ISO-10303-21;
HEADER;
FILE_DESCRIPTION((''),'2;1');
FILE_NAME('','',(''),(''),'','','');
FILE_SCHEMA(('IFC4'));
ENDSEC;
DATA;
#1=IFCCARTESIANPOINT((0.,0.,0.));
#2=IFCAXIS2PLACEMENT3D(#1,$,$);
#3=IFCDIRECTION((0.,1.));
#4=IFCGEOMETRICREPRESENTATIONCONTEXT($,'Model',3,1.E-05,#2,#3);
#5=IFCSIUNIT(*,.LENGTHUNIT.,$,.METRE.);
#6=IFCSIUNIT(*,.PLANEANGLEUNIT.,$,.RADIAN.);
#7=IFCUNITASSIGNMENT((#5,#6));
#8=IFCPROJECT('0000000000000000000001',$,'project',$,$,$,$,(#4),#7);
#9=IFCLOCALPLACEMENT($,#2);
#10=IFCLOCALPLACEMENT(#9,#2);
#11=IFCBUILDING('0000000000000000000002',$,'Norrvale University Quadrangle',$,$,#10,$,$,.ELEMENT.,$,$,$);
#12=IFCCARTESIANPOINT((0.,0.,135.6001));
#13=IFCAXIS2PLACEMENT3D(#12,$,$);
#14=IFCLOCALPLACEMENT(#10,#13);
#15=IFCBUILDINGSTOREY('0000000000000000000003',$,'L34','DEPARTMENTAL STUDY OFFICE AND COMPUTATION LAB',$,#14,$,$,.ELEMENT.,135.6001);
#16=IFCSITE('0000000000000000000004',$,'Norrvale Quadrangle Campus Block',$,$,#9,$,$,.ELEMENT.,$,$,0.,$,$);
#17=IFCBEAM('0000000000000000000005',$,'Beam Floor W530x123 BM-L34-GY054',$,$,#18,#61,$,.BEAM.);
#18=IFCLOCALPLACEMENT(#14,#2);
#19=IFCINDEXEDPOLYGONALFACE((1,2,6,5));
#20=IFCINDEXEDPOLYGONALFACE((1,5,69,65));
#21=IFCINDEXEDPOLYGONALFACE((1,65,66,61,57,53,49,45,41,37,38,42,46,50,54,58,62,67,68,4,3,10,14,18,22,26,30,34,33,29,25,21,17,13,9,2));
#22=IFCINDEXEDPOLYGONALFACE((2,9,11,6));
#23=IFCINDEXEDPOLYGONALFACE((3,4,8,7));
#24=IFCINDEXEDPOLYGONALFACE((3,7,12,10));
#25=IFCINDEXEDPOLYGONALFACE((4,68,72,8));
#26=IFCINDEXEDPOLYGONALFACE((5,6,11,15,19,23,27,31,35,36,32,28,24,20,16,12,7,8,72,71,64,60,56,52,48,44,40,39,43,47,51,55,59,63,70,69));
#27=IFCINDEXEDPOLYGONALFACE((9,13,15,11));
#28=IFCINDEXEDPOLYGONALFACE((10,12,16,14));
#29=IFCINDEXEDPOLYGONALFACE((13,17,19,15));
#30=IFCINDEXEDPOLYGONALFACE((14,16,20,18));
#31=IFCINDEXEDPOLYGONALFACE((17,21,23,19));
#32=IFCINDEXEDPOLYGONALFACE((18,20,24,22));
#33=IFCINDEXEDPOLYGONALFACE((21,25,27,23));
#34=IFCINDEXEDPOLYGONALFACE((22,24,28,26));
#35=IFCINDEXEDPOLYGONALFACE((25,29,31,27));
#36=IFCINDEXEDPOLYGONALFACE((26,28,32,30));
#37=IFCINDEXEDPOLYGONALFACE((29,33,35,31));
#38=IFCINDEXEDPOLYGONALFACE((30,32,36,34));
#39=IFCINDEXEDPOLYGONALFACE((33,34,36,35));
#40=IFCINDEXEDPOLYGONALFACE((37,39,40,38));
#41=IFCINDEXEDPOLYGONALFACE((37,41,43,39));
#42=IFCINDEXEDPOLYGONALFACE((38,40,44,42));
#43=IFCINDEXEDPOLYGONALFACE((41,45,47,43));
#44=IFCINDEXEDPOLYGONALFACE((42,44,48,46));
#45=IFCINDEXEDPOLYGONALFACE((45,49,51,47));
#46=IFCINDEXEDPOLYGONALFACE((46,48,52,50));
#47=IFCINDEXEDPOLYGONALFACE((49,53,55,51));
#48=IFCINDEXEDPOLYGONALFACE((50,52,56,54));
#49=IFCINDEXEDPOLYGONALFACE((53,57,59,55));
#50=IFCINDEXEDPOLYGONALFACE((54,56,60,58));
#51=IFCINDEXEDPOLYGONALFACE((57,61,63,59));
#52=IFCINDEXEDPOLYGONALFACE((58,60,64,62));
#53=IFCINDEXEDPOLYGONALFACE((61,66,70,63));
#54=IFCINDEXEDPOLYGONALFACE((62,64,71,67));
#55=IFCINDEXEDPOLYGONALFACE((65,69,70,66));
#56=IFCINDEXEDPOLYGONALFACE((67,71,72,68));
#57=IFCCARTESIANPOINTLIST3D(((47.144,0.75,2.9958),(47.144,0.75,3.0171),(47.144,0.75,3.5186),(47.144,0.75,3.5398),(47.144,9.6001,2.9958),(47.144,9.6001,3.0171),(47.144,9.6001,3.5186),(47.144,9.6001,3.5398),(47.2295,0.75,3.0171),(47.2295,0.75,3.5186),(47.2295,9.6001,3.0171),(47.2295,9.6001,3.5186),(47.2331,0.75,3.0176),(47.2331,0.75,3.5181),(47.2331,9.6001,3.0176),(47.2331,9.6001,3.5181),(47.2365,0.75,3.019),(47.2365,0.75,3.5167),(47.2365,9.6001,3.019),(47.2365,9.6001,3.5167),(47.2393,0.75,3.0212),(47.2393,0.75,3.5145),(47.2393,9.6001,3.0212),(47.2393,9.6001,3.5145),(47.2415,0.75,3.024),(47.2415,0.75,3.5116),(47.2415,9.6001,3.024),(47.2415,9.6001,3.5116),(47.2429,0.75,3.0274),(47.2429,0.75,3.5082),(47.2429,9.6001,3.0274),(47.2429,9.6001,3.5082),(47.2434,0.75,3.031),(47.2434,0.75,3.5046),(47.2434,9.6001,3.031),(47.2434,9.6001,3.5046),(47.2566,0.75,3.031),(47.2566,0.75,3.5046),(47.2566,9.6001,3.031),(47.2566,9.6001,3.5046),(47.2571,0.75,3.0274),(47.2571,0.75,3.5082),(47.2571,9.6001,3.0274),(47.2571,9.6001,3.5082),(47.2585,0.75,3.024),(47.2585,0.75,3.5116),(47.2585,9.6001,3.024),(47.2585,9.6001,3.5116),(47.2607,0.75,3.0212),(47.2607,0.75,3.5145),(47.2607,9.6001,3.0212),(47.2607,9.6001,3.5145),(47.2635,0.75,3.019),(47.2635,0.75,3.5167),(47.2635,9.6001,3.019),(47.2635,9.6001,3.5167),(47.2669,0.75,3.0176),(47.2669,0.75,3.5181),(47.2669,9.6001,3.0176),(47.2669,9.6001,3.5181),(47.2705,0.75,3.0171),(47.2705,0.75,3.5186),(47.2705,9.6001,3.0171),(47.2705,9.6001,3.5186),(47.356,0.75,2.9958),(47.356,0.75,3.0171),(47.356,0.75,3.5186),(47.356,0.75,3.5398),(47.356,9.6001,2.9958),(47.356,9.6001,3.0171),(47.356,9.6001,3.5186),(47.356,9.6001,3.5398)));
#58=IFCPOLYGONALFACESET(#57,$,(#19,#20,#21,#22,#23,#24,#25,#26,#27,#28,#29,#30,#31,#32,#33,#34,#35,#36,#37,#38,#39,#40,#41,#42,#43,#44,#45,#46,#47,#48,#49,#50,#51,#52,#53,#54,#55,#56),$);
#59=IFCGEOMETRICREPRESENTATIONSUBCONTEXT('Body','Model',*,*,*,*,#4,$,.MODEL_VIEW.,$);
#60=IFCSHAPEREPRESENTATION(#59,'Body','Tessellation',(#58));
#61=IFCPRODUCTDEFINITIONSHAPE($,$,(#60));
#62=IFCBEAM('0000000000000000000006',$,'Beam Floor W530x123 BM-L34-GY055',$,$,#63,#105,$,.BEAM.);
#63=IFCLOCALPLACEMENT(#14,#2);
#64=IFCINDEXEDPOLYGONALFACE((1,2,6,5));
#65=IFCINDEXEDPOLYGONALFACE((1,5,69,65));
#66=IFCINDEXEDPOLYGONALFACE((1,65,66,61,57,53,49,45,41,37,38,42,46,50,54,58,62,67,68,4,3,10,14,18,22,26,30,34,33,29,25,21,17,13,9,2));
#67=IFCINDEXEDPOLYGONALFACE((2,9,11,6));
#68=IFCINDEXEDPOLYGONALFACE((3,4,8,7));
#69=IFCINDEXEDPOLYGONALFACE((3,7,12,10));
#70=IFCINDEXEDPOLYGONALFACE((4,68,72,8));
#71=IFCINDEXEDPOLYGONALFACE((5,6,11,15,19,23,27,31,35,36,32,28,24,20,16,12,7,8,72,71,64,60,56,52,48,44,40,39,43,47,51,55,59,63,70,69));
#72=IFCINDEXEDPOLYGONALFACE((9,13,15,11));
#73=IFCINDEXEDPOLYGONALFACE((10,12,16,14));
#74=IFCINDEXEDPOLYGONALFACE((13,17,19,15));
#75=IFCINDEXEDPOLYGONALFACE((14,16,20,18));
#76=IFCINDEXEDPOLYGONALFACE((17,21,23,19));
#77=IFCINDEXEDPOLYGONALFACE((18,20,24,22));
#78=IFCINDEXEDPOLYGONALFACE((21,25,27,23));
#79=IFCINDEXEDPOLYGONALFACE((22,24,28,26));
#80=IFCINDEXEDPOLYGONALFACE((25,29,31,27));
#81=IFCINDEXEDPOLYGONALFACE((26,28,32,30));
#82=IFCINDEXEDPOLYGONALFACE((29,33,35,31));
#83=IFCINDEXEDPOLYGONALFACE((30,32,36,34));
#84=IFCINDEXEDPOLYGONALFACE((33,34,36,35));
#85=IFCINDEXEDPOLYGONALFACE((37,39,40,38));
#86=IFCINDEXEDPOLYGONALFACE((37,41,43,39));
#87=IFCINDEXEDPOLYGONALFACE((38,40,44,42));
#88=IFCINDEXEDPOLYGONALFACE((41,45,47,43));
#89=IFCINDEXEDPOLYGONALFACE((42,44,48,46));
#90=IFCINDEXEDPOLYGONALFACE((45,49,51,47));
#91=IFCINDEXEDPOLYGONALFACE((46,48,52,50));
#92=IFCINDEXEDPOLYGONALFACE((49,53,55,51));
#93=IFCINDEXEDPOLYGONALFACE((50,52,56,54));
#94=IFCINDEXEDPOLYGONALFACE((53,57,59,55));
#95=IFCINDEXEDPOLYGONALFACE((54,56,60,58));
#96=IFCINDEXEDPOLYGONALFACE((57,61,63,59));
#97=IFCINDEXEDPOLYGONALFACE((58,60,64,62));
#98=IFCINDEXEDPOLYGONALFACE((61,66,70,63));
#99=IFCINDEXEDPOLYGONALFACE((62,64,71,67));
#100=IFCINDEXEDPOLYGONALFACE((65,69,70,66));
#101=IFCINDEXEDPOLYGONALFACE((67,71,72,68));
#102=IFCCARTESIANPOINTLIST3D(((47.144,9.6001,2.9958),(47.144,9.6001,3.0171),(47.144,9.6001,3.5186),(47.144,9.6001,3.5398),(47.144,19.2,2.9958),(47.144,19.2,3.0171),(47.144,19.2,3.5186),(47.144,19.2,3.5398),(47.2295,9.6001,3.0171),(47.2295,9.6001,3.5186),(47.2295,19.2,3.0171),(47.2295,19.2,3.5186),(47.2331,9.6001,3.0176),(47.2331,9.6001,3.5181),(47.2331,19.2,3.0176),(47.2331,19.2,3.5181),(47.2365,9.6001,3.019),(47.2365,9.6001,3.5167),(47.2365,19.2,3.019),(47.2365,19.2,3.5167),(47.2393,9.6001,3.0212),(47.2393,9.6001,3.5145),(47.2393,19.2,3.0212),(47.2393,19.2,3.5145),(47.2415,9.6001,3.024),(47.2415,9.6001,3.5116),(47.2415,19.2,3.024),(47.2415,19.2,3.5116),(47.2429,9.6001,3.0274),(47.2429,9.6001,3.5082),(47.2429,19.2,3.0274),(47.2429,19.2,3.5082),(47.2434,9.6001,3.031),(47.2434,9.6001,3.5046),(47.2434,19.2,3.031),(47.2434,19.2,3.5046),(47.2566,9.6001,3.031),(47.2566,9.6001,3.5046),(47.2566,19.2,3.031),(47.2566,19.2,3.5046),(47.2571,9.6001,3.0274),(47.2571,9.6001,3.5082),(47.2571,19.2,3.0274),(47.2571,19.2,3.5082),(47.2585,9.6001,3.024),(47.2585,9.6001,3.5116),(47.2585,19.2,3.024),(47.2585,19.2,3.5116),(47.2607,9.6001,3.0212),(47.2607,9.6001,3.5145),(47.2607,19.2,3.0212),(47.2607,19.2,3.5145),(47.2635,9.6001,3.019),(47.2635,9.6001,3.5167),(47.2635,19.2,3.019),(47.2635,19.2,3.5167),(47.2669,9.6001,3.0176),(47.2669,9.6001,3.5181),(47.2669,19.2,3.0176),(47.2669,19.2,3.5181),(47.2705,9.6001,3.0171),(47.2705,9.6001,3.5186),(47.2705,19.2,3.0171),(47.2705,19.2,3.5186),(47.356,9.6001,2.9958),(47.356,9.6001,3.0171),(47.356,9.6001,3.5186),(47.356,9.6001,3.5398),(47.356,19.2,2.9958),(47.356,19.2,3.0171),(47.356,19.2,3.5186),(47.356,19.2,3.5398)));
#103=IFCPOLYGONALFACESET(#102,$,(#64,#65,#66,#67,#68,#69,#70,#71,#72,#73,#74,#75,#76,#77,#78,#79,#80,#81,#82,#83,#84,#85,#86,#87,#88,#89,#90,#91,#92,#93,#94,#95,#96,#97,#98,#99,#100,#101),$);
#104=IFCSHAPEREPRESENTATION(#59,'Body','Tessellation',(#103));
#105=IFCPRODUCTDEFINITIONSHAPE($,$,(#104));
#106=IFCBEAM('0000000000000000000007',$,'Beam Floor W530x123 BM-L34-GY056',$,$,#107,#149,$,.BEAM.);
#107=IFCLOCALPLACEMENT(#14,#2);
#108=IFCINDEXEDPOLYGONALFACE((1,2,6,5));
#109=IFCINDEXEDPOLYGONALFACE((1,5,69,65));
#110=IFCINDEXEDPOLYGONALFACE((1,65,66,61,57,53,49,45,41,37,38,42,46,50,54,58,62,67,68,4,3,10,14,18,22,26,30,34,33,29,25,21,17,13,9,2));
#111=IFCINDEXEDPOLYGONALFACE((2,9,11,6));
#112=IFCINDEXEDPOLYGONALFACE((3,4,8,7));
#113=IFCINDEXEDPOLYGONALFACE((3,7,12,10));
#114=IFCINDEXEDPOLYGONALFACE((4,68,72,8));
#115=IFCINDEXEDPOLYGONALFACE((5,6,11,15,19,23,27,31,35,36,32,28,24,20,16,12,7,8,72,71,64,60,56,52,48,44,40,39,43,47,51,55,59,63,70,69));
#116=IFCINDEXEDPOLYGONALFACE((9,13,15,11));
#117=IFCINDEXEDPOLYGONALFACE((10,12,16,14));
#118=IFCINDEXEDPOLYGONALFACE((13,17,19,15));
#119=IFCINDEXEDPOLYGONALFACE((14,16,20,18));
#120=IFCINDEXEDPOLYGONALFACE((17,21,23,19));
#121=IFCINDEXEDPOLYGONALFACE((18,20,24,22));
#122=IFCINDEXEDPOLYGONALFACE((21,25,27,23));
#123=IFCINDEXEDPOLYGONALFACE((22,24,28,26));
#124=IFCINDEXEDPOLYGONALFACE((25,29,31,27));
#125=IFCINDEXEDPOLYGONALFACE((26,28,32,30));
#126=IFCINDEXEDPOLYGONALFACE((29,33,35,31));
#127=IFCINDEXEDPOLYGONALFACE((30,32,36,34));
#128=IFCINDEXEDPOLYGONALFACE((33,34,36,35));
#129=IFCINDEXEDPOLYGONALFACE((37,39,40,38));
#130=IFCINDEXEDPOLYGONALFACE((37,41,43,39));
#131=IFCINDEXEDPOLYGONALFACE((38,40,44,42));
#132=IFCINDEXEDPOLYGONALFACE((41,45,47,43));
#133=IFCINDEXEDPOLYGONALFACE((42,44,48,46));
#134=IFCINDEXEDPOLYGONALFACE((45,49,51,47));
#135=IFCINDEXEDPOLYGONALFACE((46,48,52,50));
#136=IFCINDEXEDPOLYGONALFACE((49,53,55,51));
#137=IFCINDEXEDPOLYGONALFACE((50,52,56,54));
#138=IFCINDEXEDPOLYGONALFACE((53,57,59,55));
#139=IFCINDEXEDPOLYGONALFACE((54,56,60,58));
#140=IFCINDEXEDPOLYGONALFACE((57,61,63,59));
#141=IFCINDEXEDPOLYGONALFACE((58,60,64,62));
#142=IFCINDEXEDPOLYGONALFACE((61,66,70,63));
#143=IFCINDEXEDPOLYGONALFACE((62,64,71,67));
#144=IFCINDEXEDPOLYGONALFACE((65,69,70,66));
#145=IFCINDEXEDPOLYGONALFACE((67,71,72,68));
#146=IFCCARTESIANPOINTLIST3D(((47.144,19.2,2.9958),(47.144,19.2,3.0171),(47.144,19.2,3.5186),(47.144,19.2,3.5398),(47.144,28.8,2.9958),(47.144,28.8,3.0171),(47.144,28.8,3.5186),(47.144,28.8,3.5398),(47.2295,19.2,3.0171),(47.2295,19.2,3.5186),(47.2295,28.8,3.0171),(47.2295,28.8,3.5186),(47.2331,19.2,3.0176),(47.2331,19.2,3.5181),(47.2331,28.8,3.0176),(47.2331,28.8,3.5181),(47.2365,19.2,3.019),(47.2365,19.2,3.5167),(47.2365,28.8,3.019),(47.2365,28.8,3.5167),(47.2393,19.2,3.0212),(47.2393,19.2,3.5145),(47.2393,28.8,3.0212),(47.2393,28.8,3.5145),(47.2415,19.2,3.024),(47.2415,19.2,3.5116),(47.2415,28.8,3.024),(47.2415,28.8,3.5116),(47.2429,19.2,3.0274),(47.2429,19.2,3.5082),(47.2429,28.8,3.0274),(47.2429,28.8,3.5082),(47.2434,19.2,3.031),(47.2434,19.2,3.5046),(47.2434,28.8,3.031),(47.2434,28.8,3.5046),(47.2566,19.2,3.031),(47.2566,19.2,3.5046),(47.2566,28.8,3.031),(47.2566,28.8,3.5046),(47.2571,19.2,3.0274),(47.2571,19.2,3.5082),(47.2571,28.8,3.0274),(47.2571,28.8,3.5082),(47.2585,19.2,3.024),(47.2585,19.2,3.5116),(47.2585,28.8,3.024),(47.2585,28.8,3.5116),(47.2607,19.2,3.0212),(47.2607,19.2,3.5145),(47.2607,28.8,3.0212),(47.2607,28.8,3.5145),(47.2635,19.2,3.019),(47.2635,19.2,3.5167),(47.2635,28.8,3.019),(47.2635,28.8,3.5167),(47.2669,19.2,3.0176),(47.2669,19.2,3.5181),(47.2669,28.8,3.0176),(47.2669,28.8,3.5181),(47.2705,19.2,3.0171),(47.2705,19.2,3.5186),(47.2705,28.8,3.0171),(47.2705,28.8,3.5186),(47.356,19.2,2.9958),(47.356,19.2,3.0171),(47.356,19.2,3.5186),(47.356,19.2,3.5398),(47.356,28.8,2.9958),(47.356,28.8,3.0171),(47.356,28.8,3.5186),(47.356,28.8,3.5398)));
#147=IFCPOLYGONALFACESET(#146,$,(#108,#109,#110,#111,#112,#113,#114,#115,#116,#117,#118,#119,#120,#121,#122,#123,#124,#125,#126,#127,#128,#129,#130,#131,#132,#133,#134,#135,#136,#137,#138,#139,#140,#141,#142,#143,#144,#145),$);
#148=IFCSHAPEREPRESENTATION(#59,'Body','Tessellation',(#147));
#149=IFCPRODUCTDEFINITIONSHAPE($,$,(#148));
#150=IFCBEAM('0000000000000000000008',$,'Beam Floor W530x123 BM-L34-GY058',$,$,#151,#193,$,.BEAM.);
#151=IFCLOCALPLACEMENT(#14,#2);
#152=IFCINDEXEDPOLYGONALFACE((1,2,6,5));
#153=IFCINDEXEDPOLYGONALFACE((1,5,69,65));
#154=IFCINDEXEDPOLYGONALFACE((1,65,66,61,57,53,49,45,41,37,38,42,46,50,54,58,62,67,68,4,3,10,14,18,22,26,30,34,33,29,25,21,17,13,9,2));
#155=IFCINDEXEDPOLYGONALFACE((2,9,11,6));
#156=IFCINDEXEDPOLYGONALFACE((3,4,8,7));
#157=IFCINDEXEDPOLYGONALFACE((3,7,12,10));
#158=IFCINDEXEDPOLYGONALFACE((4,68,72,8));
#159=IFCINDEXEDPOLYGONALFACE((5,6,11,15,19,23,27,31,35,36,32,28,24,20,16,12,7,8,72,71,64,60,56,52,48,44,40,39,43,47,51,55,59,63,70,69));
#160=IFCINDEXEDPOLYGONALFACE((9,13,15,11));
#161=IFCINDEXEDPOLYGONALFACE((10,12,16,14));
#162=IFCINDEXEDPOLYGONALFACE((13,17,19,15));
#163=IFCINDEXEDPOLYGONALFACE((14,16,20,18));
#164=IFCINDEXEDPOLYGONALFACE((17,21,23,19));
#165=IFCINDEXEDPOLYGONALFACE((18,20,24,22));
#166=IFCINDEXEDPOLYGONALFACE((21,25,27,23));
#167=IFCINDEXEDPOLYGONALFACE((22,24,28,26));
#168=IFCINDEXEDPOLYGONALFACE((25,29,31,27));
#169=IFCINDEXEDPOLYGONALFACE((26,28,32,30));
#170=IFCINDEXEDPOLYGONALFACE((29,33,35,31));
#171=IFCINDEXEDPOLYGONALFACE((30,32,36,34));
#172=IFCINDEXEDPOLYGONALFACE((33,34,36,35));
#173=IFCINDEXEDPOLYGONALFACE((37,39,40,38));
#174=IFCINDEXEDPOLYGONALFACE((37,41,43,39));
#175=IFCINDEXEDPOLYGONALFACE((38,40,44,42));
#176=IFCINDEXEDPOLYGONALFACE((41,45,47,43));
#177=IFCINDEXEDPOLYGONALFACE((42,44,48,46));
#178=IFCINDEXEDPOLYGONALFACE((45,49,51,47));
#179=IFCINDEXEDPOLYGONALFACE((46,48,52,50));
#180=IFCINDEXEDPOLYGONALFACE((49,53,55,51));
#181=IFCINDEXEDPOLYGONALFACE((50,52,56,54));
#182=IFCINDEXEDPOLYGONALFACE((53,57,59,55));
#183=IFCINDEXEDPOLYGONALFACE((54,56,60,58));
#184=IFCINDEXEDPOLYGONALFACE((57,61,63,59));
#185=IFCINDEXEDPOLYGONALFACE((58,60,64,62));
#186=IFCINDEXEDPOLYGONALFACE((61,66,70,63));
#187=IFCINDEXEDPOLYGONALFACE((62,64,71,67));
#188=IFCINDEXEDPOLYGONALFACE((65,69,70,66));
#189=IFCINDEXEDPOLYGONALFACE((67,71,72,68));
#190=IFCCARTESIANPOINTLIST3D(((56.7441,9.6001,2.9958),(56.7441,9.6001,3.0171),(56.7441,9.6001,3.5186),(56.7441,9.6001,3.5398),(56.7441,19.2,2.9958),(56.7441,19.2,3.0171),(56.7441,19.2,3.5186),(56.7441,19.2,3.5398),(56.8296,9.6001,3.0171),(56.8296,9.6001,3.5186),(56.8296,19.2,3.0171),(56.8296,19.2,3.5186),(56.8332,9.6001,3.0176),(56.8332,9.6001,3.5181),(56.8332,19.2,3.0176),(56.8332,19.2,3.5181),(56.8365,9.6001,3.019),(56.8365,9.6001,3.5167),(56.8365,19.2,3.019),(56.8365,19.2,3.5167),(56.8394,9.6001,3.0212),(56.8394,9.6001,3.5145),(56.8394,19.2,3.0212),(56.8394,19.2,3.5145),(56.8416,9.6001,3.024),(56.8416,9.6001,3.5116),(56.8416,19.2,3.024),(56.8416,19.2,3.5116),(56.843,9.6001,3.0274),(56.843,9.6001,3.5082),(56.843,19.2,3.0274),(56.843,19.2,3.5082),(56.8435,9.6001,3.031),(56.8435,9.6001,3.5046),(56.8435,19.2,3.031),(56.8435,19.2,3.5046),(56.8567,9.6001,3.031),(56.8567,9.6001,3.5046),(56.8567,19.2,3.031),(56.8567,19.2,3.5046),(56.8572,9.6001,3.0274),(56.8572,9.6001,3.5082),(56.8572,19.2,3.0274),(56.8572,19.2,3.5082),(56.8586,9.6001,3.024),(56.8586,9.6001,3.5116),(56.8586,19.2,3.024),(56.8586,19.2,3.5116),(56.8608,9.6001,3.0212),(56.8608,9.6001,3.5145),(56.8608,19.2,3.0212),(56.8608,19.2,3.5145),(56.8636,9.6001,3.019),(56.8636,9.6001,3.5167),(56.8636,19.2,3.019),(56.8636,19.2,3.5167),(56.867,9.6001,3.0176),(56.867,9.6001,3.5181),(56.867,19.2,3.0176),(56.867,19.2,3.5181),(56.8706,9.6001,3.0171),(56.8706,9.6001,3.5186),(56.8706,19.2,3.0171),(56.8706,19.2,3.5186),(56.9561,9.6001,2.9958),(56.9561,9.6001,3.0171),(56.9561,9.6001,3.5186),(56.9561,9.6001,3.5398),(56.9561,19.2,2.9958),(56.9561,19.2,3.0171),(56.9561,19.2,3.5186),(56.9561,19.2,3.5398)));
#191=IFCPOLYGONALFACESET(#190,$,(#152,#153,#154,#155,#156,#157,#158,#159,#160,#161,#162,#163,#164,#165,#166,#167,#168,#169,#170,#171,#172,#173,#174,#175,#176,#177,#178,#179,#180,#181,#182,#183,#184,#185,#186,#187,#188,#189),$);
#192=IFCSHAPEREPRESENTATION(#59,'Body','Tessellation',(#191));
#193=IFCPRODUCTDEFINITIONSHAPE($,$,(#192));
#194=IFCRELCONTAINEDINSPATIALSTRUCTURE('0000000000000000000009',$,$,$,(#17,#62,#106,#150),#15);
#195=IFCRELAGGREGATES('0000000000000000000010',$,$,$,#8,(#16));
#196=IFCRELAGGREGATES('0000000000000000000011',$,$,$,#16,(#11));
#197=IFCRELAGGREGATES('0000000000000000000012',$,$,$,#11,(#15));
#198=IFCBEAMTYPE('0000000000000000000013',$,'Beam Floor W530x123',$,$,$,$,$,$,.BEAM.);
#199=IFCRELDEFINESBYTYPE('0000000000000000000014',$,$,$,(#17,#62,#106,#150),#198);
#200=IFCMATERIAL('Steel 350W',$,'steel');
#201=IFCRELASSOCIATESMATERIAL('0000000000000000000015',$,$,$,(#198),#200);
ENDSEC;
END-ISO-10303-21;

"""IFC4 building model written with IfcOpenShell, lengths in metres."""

from ifc_helpers import new_model, si_unit, direction, frame, origin, origin_2d, place, context, subcontext, project, spatial, i_section, extrude, material, material_profile, profile_set, type_object, element, save


model = new_model("IFC4")

# Units and contexts
model_context = context("Model", 3, precision=1e-05, world=origin(), true_north=direction((0.0, 1.0)))
body_context = subcontext(model_context, "Body", "Model", "MODEL_VIEW")
ifc_project = project(units=[si_unit("LENGTHUNIT", "METRE"), si_unit("PLANEANGLEUNIT", "RADIAN")], contexts=[model_context])

# Site, building, storey
site_placement = place(None, origin())
site = spatial("IfcSite", under=ifc_project, at=site_placement, Name="Norrvale Quadrangle Campus Block", CompositionType="ELEMENT", RefElevation=0.0)
building_placement = place(site_placement, origin())
building = spatial("IfcBuilding", under=site, at=building_placement, Name="Norrvale University Quadrangle", CompositionType="ELEMENT")
storey_placement = place(building_placement, frame((0.0, 0.0, 135.6001)))
storey = spatial("IfcBuildingStorey", under=building, at=storey_placement, Name="L34", Description="DEPARTMENTAL STUDY OFFICE AND COMPUTATION LAB", CompositionType="ELEMENT", Elevation=135.6001)

# Beams
ifc_material_1 = material(Name="Steel 350W", Category="steel")
ifc_material_profile_1 = material_profile(ifc_material_1, i_section(OverallWidth=0.2119, OverallDepth=0.5439, WebThickness=0.0132, FlangeThickness=0.0212, FilletRadius=0.0139, at=origin_2d()), Name="Steel 350W")
ifc_profile_set_1 = profile_set([ifc_material_profile_1], Name="Steel 350W")
beam_type_1 = type_object("IfcBeamType", Name="Beam Floor W530x123", PredefinedType="BEAM", material=ifc_profile_set_1)
beam_1_placement = place(storey_placement, frame((47.25, 0.75, 3.2678), z_axis=(0.0, 1.0, 0.0), x_axis=(-1.0, 0.0, 0.0)))
element("IfcBeam", 1, at=beam_1_placement, inside=storey, type_object=beam_type_1, Name="Beam Floor W530x123 BM-L34-GY054", PredefinedType="BEAM", context=body_context, shape_type="SweptSolid", body=[
    extrude(i_section(OverallWidth=0.2119, OverallDepth=0.5439, WebThickness=0.0132, FlangeThickness=0.0212, FilletRadius=0.0139, at=origin_2d()), origin(), (0.0, 0.0, 1.0), 8.8501),
])
beam_2_placement = place(storey_placement, frame((47.25, 9.6001, 3.2678), z_axis=(0.0, 1.0, 0.0), x_axis=(-1.0, 0.0, 0.0)))
element("IfcBeam", 2, at=beam_2_placement, inside=storey, type_object=beam_type_1, Name="Beam Floor W530x123 BM-L34-GY055", PredefinedType="BEAM", context=body_context, shape_type="SweptSolid", body=[
    extrude(i_section(OverallWidth=0.2119, OverallDepth=0.5439, WebThickness=0.0132, FlangeThickness=0.0212, FilletRadius=0.0139, at=origin_2d()), origin(), (0.0, 0.0, 1.0), 9.5999),
])
beam_3_placement = place(storey_placement, frame((47.25, 19.2, 3.2678), z_axis=(0.0, 1.0, 0.0), x_axis=(-1.0, 0.0, 0.0)))
element("IfcBeam", 3, at=beam_3_placement, inside=storey, type_object=beam_type_1, Name="Beam Floor W530x123 BM-L34-GY056", PredefinedType="BEAM", context=body_context, shape_type="SweptSolid", body=[
    extrude(i_section(OverallWidth=0.2119, OverallDepth=0.5439, WebThickness=0.0132, FlangeThickness=0.0212, FilletRadius=0.0139, at=origin_2d()), origin(), (0.0, 0.0, 1.0), 9.6001),
])
beam_4_placement = place(storey_placement, frame((56.8501, 9.6001, 3.2678), z_axis=(0.0, 1.0, 0.0), x_axis=(-1.0, 0.0, 0.0)))
element("IfcBeam", 4, at=beam_4_placement, inside=storey, type_object=beam_type_1, Name="Beam Floor W530x123 BM-L34-GY058", PredefinedType="BEAM", context=body_context, shape_type="SweptSolid", body=[
    extrude(i_section(OverallWidth=0.2119, OverallDepth=0.5439, WebThickness=0.0132, FlangeThickness=0.0212, FilletRadius=0.0139, at=origin_2d()), origin(), (0.0, 0.0, 1.0), 9.5999),
])

save(model, "model.ifc")
